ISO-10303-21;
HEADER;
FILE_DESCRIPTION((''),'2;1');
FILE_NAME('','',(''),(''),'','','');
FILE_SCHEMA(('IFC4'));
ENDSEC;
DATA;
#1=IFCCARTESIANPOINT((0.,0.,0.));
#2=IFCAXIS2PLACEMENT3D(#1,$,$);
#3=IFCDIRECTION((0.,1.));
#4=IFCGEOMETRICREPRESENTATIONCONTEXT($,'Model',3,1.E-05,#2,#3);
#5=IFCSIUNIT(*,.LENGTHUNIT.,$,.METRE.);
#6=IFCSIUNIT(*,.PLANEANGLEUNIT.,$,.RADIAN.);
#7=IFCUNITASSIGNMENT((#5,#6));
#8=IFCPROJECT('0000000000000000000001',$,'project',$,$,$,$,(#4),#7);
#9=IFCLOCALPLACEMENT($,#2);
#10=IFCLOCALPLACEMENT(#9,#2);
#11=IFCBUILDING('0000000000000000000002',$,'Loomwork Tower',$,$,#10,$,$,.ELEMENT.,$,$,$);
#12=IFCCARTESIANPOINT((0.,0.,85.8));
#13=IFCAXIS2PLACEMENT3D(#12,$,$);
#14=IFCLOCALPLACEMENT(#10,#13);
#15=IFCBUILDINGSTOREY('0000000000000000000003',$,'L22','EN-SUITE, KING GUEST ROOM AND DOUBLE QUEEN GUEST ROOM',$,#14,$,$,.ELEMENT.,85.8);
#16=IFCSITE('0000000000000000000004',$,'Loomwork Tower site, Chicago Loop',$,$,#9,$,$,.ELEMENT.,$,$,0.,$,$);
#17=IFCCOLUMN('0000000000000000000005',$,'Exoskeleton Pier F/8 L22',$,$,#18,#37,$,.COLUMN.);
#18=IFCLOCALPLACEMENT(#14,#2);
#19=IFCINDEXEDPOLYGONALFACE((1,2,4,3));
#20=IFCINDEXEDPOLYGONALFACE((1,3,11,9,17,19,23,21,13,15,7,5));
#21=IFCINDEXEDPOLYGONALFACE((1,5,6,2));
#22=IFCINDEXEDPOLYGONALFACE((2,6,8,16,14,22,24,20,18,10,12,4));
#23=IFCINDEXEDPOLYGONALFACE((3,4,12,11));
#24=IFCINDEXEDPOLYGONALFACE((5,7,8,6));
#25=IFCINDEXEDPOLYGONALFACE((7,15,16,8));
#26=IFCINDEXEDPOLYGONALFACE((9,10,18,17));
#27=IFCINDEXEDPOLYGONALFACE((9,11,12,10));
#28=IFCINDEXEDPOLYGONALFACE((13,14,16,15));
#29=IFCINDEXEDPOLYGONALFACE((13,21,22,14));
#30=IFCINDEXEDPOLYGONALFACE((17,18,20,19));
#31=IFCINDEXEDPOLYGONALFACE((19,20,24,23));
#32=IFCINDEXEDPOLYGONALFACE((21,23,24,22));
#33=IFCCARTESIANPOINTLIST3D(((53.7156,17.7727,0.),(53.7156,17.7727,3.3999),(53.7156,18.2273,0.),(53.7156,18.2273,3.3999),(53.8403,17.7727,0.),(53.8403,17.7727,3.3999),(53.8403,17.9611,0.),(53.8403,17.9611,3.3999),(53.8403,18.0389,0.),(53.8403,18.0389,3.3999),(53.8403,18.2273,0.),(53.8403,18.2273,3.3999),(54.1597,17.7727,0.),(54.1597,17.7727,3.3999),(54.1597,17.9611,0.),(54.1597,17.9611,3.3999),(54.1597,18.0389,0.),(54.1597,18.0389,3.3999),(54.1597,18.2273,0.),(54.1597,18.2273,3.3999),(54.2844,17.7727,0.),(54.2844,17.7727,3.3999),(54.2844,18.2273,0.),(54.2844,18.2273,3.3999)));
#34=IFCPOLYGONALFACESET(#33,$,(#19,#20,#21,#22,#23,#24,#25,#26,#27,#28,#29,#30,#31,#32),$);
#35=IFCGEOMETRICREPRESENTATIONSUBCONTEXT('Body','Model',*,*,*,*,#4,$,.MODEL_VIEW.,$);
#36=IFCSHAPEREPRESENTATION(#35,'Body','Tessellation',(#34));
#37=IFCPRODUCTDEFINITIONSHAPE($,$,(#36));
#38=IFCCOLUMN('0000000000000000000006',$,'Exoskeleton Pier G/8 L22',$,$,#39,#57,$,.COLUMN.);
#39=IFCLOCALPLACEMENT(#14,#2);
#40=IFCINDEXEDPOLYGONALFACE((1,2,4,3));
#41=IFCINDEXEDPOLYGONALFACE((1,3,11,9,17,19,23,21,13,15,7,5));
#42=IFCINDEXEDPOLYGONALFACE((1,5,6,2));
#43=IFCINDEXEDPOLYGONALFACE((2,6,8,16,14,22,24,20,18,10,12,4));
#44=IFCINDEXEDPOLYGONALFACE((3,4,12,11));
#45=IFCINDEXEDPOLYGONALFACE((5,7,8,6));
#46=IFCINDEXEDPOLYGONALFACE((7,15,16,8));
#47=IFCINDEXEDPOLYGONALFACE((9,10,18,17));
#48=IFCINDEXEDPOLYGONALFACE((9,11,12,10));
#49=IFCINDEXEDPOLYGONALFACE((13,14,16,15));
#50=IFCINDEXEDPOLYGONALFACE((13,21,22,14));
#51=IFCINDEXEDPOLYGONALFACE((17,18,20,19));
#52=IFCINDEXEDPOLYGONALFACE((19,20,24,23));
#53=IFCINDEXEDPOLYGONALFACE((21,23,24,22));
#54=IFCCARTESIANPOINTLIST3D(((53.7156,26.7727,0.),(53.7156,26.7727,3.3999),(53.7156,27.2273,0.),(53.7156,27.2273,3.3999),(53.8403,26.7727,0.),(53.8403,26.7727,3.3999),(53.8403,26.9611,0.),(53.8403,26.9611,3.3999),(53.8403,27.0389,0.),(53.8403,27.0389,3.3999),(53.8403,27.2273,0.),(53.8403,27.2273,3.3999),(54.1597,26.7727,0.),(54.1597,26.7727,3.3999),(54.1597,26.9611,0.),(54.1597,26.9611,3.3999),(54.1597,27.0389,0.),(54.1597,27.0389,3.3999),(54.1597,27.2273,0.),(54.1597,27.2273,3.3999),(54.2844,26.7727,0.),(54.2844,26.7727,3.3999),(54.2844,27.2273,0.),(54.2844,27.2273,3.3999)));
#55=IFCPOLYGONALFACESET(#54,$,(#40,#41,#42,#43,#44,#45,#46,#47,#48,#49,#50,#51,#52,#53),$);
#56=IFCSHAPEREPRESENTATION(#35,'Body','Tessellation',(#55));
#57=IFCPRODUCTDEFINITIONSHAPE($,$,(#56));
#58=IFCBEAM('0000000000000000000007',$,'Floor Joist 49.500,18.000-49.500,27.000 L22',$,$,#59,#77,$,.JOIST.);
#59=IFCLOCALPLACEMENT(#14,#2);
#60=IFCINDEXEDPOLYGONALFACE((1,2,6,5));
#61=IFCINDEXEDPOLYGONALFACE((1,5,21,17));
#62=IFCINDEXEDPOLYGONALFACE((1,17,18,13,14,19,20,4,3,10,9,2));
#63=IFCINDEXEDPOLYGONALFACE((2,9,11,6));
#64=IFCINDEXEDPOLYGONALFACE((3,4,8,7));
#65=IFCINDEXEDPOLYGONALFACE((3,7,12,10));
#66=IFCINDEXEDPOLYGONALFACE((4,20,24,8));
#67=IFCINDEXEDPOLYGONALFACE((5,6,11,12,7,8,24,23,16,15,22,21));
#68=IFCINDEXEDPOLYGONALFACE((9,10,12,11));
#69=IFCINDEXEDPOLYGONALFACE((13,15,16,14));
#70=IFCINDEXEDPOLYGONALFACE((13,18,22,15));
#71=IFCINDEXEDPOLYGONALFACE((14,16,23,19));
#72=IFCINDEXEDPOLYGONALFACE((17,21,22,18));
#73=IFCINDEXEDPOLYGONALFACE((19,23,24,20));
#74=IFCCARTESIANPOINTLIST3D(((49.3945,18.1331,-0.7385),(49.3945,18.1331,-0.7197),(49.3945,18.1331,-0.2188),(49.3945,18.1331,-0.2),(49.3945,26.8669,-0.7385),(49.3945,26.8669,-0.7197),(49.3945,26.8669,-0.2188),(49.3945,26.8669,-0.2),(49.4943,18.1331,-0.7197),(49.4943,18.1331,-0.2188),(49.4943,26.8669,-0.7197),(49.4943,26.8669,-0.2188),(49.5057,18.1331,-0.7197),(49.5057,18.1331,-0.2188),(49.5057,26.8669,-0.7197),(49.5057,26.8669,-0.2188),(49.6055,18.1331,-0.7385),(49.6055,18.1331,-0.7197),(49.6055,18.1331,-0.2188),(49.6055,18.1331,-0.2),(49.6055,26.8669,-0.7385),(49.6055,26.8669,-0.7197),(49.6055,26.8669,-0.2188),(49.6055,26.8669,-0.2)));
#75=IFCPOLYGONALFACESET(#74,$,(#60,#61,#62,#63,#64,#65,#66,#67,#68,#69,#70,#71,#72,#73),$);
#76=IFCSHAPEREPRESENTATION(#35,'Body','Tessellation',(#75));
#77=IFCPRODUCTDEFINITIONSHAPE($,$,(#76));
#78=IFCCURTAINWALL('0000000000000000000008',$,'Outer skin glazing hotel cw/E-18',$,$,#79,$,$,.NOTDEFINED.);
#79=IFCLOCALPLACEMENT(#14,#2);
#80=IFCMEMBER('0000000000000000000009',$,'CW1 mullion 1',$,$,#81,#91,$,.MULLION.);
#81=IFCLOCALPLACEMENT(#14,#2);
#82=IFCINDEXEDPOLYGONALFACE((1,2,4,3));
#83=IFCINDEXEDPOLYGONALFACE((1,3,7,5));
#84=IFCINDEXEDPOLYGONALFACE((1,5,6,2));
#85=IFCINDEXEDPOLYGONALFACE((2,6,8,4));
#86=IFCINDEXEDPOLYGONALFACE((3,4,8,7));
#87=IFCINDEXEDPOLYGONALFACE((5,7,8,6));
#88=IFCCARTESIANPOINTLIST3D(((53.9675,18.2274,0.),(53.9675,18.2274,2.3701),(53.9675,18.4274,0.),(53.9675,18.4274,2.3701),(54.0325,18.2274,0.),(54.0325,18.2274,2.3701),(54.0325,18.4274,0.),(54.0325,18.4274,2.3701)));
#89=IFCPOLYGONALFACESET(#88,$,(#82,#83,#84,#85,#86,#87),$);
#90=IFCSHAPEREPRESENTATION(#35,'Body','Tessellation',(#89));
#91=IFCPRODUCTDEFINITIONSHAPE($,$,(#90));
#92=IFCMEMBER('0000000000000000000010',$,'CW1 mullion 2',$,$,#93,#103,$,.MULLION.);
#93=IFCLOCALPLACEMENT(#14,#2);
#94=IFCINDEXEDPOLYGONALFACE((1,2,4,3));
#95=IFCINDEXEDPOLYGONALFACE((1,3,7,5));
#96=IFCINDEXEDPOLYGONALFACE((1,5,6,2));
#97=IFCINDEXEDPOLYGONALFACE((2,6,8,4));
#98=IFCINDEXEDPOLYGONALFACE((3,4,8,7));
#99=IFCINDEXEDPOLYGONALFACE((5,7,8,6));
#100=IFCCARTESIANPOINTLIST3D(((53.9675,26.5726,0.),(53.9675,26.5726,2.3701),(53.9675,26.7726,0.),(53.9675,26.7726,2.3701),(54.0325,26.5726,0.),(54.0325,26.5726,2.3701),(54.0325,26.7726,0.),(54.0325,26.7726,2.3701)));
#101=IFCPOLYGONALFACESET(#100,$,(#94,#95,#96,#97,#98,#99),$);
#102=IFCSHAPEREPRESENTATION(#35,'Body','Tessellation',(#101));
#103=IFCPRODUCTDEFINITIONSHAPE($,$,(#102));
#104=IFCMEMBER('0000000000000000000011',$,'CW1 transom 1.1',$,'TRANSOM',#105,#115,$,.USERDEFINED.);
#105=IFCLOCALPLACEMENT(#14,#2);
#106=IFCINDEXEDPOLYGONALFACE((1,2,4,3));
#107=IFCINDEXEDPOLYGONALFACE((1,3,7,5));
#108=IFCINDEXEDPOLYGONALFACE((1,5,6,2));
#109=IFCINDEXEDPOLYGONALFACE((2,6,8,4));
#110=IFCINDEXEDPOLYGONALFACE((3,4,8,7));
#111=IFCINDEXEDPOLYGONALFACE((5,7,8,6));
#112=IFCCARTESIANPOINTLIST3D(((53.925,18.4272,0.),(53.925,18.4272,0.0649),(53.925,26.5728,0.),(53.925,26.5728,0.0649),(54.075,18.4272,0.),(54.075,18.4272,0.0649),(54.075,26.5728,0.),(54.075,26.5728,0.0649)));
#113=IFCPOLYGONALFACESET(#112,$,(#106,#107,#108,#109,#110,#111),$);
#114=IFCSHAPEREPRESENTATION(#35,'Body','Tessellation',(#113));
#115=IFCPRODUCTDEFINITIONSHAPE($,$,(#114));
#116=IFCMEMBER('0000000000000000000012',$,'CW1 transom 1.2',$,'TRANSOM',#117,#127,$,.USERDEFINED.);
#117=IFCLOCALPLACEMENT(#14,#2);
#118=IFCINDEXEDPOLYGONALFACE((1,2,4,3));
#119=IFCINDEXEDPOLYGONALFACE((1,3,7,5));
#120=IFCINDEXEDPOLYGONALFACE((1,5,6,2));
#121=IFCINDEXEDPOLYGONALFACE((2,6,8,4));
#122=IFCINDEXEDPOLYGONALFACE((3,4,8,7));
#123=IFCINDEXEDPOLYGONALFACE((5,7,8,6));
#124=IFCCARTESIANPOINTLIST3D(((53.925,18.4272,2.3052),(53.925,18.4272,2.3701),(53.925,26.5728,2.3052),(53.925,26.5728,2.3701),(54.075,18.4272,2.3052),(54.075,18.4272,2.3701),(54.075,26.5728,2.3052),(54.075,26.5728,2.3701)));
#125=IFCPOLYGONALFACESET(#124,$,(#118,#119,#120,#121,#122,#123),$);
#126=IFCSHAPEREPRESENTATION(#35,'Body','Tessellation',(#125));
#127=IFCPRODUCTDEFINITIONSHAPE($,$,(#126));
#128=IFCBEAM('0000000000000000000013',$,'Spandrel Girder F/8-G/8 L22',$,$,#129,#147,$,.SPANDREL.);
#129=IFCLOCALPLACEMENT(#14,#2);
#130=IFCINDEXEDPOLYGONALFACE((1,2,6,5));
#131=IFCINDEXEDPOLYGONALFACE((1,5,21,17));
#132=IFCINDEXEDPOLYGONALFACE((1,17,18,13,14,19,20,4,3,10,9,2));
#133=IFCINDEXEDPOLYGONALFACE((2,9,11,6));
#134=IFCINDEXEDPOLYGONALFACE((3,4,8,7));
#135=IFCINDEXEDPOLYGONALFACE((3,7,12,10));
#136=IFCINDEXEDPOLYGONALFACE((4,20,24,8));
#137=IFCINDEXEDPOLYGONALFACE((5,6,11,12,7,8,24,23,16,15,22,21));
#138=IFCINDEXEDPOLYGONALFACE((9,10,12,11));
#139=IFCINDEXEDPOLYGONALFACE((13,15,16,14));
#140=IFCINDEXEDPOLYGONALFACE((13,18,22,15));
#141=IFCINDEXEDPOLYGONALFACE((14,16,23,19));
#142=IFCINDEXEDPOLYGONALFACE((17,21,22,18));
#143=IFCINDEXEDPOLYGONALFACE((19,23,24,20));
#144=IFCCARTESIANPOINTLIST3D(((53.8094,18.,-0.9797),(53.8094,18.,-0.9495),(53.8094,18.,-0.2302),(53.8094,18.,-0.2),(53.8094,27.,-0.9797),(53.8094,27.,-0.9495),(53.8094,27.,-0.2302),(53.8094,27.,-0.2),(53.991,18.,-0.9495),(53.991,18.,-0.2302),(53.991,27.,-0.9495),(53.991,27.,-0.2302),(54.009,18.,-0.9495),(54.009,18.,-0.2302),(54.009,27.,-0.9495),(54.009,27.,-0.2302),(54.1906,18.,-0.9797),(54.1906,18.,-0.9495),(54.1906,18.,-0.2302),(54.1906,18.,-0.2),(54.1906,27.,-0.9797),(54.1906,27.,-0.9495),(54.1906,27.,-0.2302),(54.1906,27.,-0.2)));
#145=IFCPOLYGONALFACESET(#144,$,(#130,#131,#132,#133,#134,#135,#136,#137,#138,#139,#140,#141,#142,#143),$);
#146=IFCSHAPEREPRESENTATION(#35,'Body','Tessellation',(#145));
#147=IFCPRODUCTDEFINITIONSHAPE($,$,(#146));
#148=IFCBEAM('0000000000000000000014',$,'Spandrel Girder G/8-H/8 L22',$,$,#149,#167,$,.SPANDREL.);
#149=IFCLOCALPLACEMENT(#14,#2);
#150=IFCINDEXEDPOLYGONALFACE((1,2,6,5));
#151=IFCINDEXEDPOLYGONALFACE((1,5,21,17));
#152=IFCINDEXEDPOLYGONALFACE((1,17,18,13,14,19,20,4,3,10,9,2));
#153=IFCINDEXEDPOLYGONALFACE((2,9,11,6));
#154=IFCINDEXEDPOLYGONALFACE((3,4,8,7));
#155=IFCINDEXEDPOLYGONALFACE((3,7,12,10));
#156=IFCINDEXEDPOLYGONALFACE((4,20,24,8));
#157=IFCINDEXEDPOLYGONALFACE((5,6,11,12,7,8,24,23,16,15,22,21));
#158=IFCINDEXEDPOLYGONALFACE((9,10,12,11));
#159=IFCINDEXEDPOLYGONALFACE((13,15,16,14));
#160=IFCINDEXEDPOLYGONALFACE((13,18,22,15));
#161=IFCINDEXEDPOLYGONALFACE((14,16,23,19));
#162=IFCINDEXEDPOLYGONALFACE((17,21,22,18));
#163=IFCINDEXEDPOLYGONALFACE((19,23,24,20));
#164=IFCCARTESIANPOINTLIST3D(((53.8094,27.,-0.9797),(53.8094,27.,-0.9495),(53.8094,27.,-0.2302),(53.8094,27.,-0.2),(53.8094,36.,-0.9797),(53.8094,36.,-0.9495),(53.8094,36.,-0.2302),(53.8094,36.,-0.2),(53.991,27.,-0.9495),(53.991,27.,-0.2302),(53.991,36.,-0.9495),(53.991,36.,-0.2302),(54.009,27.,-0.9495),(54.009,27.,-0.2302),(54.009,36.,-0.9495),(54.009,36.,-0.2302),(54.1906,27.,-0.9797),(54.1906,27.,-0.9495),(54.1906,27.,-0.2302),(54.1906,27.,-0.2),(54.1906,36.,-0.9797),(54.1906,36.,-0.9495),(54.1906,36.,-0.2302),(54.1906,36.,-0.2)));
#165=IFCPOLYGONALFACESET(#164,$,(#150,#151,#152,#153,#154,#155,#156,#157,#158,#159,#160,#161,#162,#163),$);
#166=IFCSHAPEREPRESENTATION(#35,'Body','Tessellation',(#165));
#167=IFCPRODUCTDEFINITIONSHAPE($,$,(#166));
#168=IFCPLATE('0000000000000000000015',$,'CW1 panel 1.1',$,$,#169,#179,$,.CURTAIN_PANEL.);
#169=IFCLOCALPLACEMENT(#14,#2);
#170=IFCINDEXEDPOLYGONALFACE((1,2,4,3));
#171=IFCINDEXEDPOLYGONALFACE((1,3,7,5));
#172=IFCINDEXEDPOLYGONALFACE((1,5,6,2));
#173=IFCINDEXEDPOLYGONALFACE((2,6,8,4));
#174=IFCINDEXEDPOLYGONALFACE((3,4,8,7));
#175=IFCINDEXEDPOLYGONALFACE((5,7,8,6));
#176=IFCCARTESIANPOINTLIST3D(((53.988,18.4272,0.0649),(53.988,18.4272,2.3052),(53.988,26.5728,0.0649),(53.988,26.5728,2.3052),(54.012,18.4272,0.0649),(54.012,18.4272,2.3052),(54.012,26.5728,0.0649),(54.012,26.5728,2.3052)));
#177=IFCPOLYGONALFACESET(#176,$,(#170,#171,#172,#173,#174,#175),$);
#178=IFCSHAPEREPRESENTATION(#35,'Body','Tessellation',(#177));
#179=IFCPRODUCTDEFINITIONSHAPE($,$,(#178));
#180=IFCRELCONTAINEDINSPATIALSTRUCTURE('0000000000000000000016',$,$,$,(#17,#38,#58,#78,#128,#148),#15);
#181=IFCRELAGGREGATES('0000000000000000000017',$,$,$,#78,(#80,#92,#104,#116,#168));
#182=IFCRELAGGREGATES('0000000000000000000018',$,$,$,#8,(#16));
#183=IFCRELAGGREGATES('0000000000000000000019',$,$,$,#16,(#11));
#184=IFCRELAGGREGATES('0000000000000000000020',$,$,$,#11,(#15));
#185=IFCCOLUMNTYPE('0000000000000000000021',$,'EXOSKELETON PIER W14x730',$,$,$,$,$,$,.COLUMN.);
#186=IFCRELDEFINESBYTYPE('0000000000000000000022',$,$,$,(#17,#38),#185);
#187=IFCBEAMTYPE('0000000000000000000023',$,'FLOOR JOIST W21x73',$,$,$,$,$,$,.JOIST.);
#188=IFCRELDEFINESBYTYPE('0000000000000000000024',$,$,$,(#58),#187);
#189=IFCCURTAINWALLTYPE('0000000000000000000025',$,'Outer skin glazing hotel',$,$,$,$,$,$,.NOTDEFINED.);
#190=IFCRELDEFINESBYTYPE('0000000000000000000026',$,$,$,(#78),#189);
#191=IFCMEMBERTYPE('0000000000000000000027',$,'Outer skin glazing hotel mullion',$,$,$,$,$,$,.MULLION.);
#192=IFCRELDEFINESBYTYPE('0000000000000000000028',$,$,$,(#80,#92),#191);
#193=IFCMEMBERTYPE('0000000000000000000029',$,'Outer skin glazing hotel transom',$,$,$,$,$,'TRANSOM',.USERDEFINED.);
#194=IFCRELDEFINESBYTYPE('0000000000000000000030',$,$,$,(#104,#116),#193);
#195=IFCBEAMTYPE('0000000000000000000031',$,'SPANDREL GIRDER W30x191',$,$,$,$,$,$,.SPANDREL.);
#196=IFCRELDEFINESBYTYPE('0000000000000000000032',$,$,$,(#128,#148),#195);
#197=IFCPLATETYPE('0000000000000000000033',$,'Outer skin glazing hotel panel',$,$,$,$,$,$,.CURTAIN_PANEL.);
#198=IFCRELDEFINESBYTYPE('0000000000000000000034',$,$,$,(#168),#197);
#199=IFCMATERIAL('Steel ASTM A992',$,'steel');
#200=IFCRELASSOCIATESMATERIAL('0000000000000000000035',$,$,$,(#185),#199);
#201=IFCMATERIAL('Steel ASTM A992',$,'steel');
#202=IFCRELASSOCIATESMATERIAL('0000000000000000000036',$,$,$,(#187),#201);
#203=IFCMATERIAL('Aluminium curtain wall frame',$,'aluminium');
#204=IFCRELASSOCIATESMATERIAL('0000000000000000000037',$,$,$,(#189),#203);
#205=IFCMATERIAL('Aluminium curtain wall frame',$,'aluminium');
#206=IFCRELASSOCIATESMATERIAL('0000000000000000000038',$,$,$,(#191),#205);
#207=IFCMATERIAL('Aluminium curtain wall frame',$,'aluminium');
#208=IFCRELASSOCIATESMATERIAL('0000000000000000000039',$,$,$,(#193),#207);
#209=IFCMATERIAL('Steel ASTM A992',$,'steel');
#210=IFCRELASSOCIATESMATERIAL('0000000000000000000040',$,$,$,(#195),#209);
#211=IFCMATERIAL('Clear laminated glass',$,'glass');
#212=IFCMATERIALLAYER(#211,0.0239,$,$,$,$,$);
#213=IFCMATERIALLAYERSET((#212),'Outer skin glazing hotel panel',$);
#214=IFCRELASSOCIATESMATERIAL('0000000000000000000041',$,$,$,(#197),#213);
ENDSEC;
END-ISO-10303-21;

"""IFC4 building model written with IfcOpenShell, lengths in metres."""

from ifc_helpers import new_model, si_unit, direction, frame, origin, origin_2d, place, context, subcontext, project, spatial, rectangle, i_section, extrude, material, layer, layer_set, material_profile, profile_set, type_object, element, aggregate, save


model = new_model("IFC4")

# Units and contexts
model_context = context("Model", 3, precision=1e-05, world=origin(), true_north=direction((0.0, 1.0)))
body_context = subcontext(model_context, "Body", "Model", "MODEL_VIEW")
ifc_project = project(units=[si_unit("LENGTHUNIT", "METRE"), si_unit("PLANEANGLEUNIT", "RADIAN")], contexts=[model_context])

# Site, building, storey
site_placement = place(None, origin())
site = spatial("IfcSite", under=ifc_project, at=site_placement, Name="Loomwork Tower site, Chicago Loop", CompositionType="ELEMENT", RefElevation=0.0)
building_placement = place(site_placement, origin())
building = spatial("IfcBuilding", under=site, at=building_placement, Name="Loomwork Tower", CompositionType="ELEMENT")
storey_placement = place(building_placement, frame((0.0, 0.0, 85.8)))
storey = spatial("IfcBuildingStorey", under=building, at=storey_placement, Name="L22", Description="EN-SUITE, KING GUEST ROOM AND DOUBLE QUEEN GUEST ROOM", CompositionType="ELEMENT", Elevation=85.8)

# Columns
ifc_material_1 = material(Name="Steel ASTM A992", Category="steel")
ifc_material_profile_1 = material_profile(ifc_material_1, i_section(OverallWidth=0.4546, OverallDepth=0.5688, WebThickness=0.0779, FlangeThickness=0.1248, at=origin_2d()), Name="W14x730")
ifc_profile_set_1 = profile_set([ifc_material_profile_1], Name="Steel ASTM A992")
column_type = type_object("IfcColumnType", Name="EXOSKELETON PIER W14x730", PredefinedType="COLUMN", material=ifc_profile_set_1)
for number, where, z_axis, x_axis, name in (
    (1, (54.0, 18.0, 0.0), (0.0, 0.0, 1.0), (0.0, 1.0, 0.0), "Exoskeleton Pier F/8 L22"),
    (2, (54.0, 27.0, 0.0), (0.0, 0.0, 1.0), (0.0, 1.0, 0.0), "Exoskeleton Pier G/8 L22"),
):
    element("IfcColumn", number, at=place(storey_placement, frame(where, z_axis=z_axis, x_axis=x_axis)), inside=storey, type_object=column_type, Name=name, PredefinedType="COLUMN", context=body_context, shape_type="SweptSolid", body=[
        extrude(i_section(OverallWidth=0.4546, OverallDepth=0.5688, WebThickness=0.0779, FlangeThickness=0.1248, at=origin_2d()), origin(), (0.0, 0.0, 1.0), 3.3999),
    ])

# Beam
ifc_material_2 = material(Name="Steel ASTM A992", Category="steel")
ifc_material_profile_2 = material_profile(ifc_material_2, i_section(OverallWidth=0.2109, OverallDepth=0.5386, WebThickness=0.0115, FlangeThickness=0.0188, at=origin_2d()), Name="W21x73")
ifc_profile_set_2 = profile_set([ifc_material_profile_2], Name="Steel ASTM A992")
beam_type_1 = type_object("IfcBeamType", Name="FLOOR JOIST W21x73", PredefinedType="JOIST", material=ifc_profile_set_2)
beam_placement = place(storey_placement, frame((49.5, 18.1331, -0.4692), z_axis=(0.0, 1.0, 0.0), x_axis=(-1.0, 0.0, 0.0)))
element("IfcBeam", 3, at=beam_placement, inside=storey, type_object=beam_type_1, Name="Floor Joist 49.500,18.000-49.500,27.000 L22", PredefinedType="JOIST", context=body_context, shape_type="SweptSolid", body=[
    extrude(i_section(OverallWidth=0.2109, OverallDepth=0.5386, WebThickness=0.0115, FlangeThickness=0.0188, at=origin_2d()), origin(), (0.0, 0.0, 1.0), 8.7339),
])

# Curtain wall, members
ifc_material_3 = material(Name="Aluminium curtain wall frame", Category="aluminium")
curtain_wall_type = type_object("IfcCurtainWallType", Name="Outer skin glazing hotel", PredefinedType="NOTDEFINED", material=ifc_material_3)
curtain_wall_placement = place(storey_placement, origin())
curtain_wall = element("IfcCurtainWall", 4, at=curtain_wall_placement, inside=storey, type_object=curtain_wall_type, Name="Outer skin glazing hotel cw/E-18", PredefinedType="NOTDEFINED")
ifc_material_4 = material(Name="Aluminium curtain wall frame", Category="aluminium")
ifc_material_profile_3 = material_profile(ifc_material_4, rectangle(XDim=0.0649, YDim=0.2, at=origin_2d()), Name="AL 65x200")
ifc_profile_set_3 = profile_set([ifc_material_profile_3], Name="Aluminium curtain wall frame")
member_type_1 = type_object("IfcMemberType", Name="Outer skin glazing hotel mullion", PredefinedType="MULLION", material=ifc_profile_set_3)
member_1_placement = place(storey_placement, frame((54.0, 18.3274, 0.0), z_axis=(0.0, 0.0, 1.0), x_axis=(-1.0, 0.0, 0.0)))
member_1 = element("IfcMember", 5, at=member_1_placement, type_object=member_type_1, Name="CW1 mullion 1", PredefinedType="MULLION", context=body_context, shape_type="SweptSolid", body=[
    extrude(rectangle(XDim=0.0649, YDim=0.2, at=origin_2d()), origin(), (0.0, 0.0, 1.0), 2.3701),
])
member_2_placement = place(storey_placement, frame((54.0, 26.6726, 0.0), z_axis=(0.0, 0.0, 1.0), x_axis=(-1.0, 0.0, 0.0)))
member_2 = element("IfcMember", 6, at=member_2_placement, type_object=member_type_1, Name="CW1 mullion 2", PredefinedType="MULLION", context=body_context, shape_type="SweptSolid", body=[
    extrude(rectangle(XDim=0.0649, YDim=0.2, at=origin_2d()), origin(), (0.0, 0.0, 1.0), 2.3701),
])
ifc_material_5 = material(Name="Aluminium curtain wall frame", Category="aluminium")
ifc_material_profile_4 = material_profile(ifc_material_5, rectangle(XDim=0.1499, YDim=0.0649, at=origin_2d()), Name="AL 65x150")
ifc_profile_set_4 = profile_set([ifc_material_profile_4], Name="Aluminium curtain wall frame")
member_type_2 = type_object("IfcMemberType", Name="Outer skin glazing hotel transom", ElementType="TRANSOM", PredefinedType="USERDEFINED", material=ifc_profile_set_4)
member_3_placement = place(storey_placement, frame((54.0, 18.4272, 0.0325), z_axis=(0.0, 1.0, 0.0), x_axis=(-1.0, 0.0, 0.0)))
member_3 = element("IfcMember", 7, at=member_3_placement, type_object=member_type_2, Name="CW1 transom 1.1", ObjectType="TRANSOM", PredefinedType="USERDEFINED", context=body_context, shape_type="SweptSolid", body=[
    extrude(rectangle(XDim=0.1499, YDim=0.0649, at=origin_2d()), origin(), (0.0, 0.0, 1.0), 8.1455),
])
member_4_placement = place(storey_placement, frame((54.0, 18.4272, 2.3376), z_axis=(0.0, 1.0, 0.0), x_axis=(-1.0, 0.0, 0.0)))
member_4 = element("IfcMember", 8, at=member_4_placement, type_object=member_type_2, Name="CW1 transom 1.2", ObjectType="TRANSOM", PredefinedType="USERDEFINED", context=body_context, shape_type="SweptSolid", body=[
    extrude(rectangle(XDim=0.1499, YDim=0.0649, at=origin_2d()), origin(), (0.0, 0.0, 1.0), 8.1455),
])

# Beams
ifc_material_6 = material(Name="Steel ASTM A992", Category="steel")
ifc_material_profile_5 = material_profile(ifc_material_6, i_section(OverallWidth=0.3811, OverallDepth=0.7798, WebThickness=0.0181, FlangeThickness=0.0303, at=origin_2d()), Name="W30x191")
ifc_profile_set_5 = profile_set([ifc_material_profile_5], Name="Steel ASTM A992")
beam_type_2 = type_object("IfcBeamType", Name="SPANDREL GIRDER W30x191", PredefinedType="SPANDREL", material=ifc_profile_set_5)
for number, where, z_axis, x_axis, name in (
    (9, (54.0, 18.0, -0.5898), (0.0, 1.0, 0.0), (-1.0, 0.0, 0.0), "Spandrel Girder F/8-G/8 L22"),
    (10, (54.0, 27.0, -0.5898), (0.0, 1.0, 0.0), (-1.0, 0.0, 0.0), "Spandrel Girder G/8-H/8 L22"),
):
    element("IfcBeam", number, at=place(storey_placement, frame(where, z_axis=z_axis, x_axis=x_axis)), inside=storey, type_object=beam_type_2, Name=name, PredefinedType="SPANDREL", context=body_context, shape_type="SweptSolid", body=[
        extrude(i_section(OverallWidth=0.3811, OverallDepth=0.7798, WebThickness=0.0181, FlangeThickness=0.0303, at=origin_2d()), origin(), (0.0, 0.0, 1.0), 9.0),
    ])

# Plate
ifc_material_7 = material(Name="Clear laminated glass", Category="glass")
ifc_layer_1 = layer(ifc_material_7, 0.0239)
ifc_layer_set_1 = layer_set([ifc_layer_1], Name="Outer skin glazing hotel panel")
plate_type = type_object("IfcPlateType", Name="Outer skin glazing hotel panel", PredefinedType="CURTAIN_PANEL", material=ifc_layer_set_1)
plate_placement = place(storey_placement, frame((54.0, 22.5, 0.0649), z_axis=(0.0, 0.0, 1.0), x_axis=(0.0, 1.0, 0.0)))
plate = element("IfcPlate", 11, at=plate_placement, type_object=plate_type, Name="CW1 panel 1.1", PredefinedType="CURTAIN_PANEL", context=body_context, shape_type="SweptSolid", body=[
    extrude(rectangle(XDim=8.1455, YDim=0.0239, at=origin_2d()), origin(), (0.0, 0.0, 1.0), 2.2402),
])
aggregate(curtain_wall, [member_1, member_2, member_3, member_4, plate])

save(model, "model.ifc")
